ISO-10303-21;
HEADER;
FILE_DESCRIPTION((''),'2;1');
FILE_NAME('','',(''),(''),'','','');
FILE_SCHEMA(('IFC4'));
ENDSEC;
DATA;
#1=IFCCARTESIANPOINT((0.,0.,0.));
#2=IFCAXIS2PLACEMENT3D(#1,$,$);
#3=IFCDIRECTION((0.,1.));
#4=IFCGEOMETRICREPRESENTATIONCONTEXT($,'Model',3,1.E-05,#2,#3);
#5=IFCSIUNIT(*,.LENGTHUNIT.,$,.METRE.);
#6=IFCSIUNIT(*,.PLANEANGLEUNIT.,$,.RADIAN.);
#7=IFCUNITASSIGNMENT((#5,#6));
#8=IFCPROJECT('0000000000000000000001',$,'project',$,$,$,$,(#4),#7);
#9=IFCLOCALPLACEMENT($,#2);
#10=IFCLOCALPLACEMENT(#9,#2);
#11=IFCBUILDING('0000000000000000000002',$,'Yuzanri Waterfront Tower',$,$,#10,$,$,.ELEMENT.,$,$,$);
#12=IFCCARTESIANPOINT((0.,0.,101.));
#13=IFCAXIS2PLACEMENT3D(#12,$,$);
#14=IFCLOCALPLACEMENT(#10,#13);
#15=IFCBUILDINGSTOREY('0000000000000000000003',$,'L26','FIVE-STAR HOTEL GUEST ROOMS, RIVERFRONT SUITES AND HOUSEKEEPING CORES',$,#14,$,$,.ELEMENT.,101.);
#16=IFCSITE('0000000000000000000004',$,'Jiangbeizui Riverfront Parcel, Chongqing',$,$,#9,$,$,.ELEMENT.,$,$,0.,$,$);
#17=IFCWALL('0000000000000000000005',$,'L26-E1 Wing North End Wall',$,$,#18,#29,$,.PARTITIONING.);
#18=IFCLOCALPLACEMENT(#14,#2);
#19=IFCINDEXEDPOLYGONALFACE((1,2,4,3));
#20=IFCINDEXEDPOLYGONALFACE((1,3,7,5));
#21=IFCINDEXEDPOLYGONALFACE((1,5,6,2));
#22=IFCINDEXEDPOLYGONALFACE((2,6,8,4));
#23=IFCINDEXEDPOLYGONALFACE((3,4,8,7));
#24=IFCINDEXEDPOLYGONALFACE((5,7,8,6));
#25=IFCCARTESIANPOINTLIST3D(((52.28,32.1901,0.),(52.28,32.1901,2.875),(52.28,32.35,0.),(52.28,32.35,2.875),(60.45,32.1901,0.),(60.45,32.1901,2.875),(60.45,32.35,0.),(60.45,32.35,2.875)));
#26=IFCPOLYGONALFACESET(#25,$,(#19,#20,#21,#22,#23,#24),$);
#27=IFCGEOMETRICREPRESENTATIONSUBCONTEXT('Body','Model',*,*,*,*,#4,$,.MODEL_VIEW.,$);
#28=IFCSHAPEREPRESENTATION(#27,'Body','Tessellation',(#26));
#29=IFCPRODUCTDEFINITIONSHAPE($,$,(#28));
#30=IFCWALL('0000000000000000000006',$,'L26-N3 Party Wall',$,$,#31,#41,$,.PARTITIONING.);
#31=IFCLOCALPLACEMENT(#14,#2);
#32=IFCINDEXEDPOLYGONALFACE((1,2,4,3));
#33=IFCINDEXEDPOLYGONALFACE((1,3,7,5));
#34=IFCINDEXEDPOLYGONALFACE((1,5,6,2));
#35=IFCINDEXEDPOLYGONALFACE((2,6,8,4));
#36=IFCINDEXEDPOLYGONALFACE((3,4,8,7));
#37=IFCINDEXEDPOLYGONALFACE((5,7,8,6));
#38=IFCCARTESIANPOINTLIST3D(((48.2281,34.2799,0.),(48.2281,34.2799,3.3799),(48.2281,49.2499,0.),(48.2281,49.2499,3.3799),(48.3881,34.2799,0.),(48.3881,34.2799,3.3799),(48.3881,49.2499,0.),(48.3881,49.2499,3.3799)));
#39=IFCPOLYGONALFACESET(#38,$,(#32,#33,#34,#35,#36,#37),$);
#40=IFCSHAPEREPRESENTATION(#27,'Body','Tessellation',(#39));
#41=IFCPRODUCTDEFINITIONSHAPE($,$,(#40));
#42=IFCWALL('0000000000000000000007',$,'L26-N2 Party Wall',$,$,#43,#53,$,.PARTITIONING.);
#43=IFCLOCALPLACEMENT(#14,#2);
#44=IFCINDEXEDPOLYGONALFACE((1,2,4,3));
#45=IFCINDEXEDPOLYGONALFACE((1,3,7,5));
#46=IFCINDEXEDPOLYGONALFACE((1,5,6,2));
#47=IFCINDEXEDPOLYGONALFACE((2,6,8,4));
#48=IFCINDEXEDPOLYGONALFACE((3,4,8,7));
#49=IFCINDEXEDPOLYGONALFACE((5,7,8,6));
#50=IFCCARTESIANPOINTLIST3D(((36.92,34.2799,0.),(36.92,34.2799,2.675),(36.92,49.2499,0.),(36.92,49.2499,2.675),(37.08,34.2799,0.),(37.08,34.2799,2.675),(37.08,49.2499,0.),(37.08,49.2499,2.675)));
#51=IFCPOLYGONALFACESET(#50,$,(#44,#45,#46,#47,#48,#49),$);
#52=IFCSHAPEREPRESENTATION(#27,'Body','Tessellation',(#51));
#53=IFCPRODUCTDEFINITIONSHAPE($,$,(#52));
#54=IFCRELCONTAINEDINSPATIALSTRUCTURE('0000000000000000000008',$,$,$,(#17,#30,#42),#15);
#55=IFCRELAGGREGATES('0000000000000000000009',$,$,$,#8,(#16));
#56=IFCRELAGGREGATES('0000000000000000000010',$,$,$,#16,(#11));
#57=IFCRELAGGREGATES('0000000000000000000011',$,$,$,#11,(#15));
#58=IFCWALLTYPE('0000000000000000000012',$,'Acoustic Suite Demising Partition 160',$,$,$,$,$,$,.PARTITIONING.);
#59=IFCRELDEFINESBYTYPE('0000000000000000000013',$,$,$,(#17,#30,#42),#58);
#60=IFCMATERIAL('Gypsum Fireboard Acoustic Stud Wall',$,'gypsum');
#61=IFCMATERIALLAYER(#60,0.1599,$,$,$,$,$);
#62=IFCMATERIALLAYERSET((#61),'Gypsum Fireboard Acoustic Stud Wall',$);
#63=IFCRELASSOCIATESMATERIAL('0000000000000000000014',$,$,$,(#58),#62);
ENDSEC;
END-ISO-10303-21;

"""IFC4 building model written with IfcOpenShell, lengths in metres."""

from ifc_helpers import new_model, si_unit, direction, frame, frame_2d, origin, place, context, subcontext, project, spatial, rectangle, extrude, source, transform, mapped, material, layer, layer_set, type_object, element, save


model = new_model("IFC4")

# Units and contexts
model_context = context("Model", 3, precision=1e-05, world=origin(), true_north=direction((0.0, 1.0)))
body_context = subcontext(model_context, "Body", "Model", "MODEL_VIEW")
ifc_project = project(units=[si_unit("LENGTHUNIT", "METRE"), si_unit("PLANEANGLEUNIT", "RADIAN")], contexts=[model_context])

# Site, building, storey
site_placement = place(None, origin())
site = spatial("IfcSite", under=ifc_project, at=site_placement, Name="Jiangbeizui Riverfront Parcel, Chongqing", CompositionType="ELEMENT", RefElevation=0.0)
building_placement = place(site_placement, origin())
building = spatial("IfcBuilding", under=site, at=building_placement, Name="Yuzanri Waterfront Tower", CompositionType="ELEMENT")
storey_placement = place(building_placement, frame((0.0, 0.0, 101.0)))
storey = spatial("IfcBuildingStorey", under=building, at=storey_placement, Name="L26", Description="FIVE-STAR HOTEL GUEST ROOMS, RIVERFRONT SUITES AND HOUSEKEEPING CORES", CompositionType="ELEMENT", Elevation=101.0)

# Walls
ifc_material_1 = material(Name="Gypsum Fireboard Acoustic Stud Wall", Category="gypsum")
ifc_layer_1 = layer(ifc_material_1, 0.1599)
ifc_layer_set_1 = layer_set([ifc_layer_1], Name="Gypsum Fireboard Acoustic Stud Wall")
wall_type_1 = type_object("IfcWallType", Name="Acoustic Suite Demising Partition 160", PredefinedType="PARTITIONING", material=ifc_layer_set_1)
shared_shape_1 = source(origin(), body_context, "Body", "SweptSolid", [
    extrude(rectangle(XDim=8.1699, YDim=0.1599, at=frame_2d((4.085, 0.0))), origin(), (0.0, 0.0, 1.0), 2.875),
])
wall_1_placement = place(storey_placement, frame((52.28, 32.27, 0.0), z_axis=(0.0, 0.0, 1.0), x_axis=(1.0, 0.0, 0.0)))
element("IfcWall", 1, at=wall_1_placement, inside=storey, type_object=wall_type_1, Name="L26-E1 Wing North End Wall", PredefinedType="PARTITIONING", context=body_context, shape_type="MappedRepresentation", body=[
    mapped(shared_shape_1, transform((0.0, 0.0, 0.0), scale=1.0)),
])
shared_shape_2 = source(origin(), body_context, "Body", "SweptSolid", [
    extrude(rectangle(XDim=14.97, YDim=0.1599, at=frame_2d((7.4849, 0.0))), origin(), (0.0, 0.0, 1.0), 3.3799),
])
wall_2_placement = place(storey_placement, frame((48.3081, 34.28, 0.0), z_axis=(0.0, 0.0, 1.0), x_axis=(0.0, 1.0, 0.0)))
element("IfcWall", 2, at=wall_2_placement, inside=storey, type_object=wall_type_1, Name="L26-N3 Party Wall", PredefinedType="PARTITIONING", context=body_context, shape_type="MappedRepresentation", body=[
    mapped(shared_shape_2, transform((0.0, 0.0, 0.0), scale=1.0)),
])
shared_shape_3 = source(origin(), body_context, "Body", "SweptSolid", [
    extrude(rectangle(XDim=14.97, YDim=0.1599, at=frame_2d((7.4849, 0.0))), origin(), (0.0, 0.0, 1.0), 2.675),
])
wall_3_placement = place(storey_placement, frame((37.0, 34.28, 0.0), z_axis=(0.0, 0.0, 1.0), x_axis=(0.0, 1.0, 0.0)))
element("IfcWall", 3, at=wall_3_placement, inside=storey, type_object=wall_type_1, Name="L26-N2 Party Wall", PredefinedType="PARTITIONING", context=body_context, shape_type="MappedRepresentation", body=[
    mapped(shared_shape_3, transform((0.0, 0.0, 0.0), scale=1.0)),
])

save(model, "model.ifc")
